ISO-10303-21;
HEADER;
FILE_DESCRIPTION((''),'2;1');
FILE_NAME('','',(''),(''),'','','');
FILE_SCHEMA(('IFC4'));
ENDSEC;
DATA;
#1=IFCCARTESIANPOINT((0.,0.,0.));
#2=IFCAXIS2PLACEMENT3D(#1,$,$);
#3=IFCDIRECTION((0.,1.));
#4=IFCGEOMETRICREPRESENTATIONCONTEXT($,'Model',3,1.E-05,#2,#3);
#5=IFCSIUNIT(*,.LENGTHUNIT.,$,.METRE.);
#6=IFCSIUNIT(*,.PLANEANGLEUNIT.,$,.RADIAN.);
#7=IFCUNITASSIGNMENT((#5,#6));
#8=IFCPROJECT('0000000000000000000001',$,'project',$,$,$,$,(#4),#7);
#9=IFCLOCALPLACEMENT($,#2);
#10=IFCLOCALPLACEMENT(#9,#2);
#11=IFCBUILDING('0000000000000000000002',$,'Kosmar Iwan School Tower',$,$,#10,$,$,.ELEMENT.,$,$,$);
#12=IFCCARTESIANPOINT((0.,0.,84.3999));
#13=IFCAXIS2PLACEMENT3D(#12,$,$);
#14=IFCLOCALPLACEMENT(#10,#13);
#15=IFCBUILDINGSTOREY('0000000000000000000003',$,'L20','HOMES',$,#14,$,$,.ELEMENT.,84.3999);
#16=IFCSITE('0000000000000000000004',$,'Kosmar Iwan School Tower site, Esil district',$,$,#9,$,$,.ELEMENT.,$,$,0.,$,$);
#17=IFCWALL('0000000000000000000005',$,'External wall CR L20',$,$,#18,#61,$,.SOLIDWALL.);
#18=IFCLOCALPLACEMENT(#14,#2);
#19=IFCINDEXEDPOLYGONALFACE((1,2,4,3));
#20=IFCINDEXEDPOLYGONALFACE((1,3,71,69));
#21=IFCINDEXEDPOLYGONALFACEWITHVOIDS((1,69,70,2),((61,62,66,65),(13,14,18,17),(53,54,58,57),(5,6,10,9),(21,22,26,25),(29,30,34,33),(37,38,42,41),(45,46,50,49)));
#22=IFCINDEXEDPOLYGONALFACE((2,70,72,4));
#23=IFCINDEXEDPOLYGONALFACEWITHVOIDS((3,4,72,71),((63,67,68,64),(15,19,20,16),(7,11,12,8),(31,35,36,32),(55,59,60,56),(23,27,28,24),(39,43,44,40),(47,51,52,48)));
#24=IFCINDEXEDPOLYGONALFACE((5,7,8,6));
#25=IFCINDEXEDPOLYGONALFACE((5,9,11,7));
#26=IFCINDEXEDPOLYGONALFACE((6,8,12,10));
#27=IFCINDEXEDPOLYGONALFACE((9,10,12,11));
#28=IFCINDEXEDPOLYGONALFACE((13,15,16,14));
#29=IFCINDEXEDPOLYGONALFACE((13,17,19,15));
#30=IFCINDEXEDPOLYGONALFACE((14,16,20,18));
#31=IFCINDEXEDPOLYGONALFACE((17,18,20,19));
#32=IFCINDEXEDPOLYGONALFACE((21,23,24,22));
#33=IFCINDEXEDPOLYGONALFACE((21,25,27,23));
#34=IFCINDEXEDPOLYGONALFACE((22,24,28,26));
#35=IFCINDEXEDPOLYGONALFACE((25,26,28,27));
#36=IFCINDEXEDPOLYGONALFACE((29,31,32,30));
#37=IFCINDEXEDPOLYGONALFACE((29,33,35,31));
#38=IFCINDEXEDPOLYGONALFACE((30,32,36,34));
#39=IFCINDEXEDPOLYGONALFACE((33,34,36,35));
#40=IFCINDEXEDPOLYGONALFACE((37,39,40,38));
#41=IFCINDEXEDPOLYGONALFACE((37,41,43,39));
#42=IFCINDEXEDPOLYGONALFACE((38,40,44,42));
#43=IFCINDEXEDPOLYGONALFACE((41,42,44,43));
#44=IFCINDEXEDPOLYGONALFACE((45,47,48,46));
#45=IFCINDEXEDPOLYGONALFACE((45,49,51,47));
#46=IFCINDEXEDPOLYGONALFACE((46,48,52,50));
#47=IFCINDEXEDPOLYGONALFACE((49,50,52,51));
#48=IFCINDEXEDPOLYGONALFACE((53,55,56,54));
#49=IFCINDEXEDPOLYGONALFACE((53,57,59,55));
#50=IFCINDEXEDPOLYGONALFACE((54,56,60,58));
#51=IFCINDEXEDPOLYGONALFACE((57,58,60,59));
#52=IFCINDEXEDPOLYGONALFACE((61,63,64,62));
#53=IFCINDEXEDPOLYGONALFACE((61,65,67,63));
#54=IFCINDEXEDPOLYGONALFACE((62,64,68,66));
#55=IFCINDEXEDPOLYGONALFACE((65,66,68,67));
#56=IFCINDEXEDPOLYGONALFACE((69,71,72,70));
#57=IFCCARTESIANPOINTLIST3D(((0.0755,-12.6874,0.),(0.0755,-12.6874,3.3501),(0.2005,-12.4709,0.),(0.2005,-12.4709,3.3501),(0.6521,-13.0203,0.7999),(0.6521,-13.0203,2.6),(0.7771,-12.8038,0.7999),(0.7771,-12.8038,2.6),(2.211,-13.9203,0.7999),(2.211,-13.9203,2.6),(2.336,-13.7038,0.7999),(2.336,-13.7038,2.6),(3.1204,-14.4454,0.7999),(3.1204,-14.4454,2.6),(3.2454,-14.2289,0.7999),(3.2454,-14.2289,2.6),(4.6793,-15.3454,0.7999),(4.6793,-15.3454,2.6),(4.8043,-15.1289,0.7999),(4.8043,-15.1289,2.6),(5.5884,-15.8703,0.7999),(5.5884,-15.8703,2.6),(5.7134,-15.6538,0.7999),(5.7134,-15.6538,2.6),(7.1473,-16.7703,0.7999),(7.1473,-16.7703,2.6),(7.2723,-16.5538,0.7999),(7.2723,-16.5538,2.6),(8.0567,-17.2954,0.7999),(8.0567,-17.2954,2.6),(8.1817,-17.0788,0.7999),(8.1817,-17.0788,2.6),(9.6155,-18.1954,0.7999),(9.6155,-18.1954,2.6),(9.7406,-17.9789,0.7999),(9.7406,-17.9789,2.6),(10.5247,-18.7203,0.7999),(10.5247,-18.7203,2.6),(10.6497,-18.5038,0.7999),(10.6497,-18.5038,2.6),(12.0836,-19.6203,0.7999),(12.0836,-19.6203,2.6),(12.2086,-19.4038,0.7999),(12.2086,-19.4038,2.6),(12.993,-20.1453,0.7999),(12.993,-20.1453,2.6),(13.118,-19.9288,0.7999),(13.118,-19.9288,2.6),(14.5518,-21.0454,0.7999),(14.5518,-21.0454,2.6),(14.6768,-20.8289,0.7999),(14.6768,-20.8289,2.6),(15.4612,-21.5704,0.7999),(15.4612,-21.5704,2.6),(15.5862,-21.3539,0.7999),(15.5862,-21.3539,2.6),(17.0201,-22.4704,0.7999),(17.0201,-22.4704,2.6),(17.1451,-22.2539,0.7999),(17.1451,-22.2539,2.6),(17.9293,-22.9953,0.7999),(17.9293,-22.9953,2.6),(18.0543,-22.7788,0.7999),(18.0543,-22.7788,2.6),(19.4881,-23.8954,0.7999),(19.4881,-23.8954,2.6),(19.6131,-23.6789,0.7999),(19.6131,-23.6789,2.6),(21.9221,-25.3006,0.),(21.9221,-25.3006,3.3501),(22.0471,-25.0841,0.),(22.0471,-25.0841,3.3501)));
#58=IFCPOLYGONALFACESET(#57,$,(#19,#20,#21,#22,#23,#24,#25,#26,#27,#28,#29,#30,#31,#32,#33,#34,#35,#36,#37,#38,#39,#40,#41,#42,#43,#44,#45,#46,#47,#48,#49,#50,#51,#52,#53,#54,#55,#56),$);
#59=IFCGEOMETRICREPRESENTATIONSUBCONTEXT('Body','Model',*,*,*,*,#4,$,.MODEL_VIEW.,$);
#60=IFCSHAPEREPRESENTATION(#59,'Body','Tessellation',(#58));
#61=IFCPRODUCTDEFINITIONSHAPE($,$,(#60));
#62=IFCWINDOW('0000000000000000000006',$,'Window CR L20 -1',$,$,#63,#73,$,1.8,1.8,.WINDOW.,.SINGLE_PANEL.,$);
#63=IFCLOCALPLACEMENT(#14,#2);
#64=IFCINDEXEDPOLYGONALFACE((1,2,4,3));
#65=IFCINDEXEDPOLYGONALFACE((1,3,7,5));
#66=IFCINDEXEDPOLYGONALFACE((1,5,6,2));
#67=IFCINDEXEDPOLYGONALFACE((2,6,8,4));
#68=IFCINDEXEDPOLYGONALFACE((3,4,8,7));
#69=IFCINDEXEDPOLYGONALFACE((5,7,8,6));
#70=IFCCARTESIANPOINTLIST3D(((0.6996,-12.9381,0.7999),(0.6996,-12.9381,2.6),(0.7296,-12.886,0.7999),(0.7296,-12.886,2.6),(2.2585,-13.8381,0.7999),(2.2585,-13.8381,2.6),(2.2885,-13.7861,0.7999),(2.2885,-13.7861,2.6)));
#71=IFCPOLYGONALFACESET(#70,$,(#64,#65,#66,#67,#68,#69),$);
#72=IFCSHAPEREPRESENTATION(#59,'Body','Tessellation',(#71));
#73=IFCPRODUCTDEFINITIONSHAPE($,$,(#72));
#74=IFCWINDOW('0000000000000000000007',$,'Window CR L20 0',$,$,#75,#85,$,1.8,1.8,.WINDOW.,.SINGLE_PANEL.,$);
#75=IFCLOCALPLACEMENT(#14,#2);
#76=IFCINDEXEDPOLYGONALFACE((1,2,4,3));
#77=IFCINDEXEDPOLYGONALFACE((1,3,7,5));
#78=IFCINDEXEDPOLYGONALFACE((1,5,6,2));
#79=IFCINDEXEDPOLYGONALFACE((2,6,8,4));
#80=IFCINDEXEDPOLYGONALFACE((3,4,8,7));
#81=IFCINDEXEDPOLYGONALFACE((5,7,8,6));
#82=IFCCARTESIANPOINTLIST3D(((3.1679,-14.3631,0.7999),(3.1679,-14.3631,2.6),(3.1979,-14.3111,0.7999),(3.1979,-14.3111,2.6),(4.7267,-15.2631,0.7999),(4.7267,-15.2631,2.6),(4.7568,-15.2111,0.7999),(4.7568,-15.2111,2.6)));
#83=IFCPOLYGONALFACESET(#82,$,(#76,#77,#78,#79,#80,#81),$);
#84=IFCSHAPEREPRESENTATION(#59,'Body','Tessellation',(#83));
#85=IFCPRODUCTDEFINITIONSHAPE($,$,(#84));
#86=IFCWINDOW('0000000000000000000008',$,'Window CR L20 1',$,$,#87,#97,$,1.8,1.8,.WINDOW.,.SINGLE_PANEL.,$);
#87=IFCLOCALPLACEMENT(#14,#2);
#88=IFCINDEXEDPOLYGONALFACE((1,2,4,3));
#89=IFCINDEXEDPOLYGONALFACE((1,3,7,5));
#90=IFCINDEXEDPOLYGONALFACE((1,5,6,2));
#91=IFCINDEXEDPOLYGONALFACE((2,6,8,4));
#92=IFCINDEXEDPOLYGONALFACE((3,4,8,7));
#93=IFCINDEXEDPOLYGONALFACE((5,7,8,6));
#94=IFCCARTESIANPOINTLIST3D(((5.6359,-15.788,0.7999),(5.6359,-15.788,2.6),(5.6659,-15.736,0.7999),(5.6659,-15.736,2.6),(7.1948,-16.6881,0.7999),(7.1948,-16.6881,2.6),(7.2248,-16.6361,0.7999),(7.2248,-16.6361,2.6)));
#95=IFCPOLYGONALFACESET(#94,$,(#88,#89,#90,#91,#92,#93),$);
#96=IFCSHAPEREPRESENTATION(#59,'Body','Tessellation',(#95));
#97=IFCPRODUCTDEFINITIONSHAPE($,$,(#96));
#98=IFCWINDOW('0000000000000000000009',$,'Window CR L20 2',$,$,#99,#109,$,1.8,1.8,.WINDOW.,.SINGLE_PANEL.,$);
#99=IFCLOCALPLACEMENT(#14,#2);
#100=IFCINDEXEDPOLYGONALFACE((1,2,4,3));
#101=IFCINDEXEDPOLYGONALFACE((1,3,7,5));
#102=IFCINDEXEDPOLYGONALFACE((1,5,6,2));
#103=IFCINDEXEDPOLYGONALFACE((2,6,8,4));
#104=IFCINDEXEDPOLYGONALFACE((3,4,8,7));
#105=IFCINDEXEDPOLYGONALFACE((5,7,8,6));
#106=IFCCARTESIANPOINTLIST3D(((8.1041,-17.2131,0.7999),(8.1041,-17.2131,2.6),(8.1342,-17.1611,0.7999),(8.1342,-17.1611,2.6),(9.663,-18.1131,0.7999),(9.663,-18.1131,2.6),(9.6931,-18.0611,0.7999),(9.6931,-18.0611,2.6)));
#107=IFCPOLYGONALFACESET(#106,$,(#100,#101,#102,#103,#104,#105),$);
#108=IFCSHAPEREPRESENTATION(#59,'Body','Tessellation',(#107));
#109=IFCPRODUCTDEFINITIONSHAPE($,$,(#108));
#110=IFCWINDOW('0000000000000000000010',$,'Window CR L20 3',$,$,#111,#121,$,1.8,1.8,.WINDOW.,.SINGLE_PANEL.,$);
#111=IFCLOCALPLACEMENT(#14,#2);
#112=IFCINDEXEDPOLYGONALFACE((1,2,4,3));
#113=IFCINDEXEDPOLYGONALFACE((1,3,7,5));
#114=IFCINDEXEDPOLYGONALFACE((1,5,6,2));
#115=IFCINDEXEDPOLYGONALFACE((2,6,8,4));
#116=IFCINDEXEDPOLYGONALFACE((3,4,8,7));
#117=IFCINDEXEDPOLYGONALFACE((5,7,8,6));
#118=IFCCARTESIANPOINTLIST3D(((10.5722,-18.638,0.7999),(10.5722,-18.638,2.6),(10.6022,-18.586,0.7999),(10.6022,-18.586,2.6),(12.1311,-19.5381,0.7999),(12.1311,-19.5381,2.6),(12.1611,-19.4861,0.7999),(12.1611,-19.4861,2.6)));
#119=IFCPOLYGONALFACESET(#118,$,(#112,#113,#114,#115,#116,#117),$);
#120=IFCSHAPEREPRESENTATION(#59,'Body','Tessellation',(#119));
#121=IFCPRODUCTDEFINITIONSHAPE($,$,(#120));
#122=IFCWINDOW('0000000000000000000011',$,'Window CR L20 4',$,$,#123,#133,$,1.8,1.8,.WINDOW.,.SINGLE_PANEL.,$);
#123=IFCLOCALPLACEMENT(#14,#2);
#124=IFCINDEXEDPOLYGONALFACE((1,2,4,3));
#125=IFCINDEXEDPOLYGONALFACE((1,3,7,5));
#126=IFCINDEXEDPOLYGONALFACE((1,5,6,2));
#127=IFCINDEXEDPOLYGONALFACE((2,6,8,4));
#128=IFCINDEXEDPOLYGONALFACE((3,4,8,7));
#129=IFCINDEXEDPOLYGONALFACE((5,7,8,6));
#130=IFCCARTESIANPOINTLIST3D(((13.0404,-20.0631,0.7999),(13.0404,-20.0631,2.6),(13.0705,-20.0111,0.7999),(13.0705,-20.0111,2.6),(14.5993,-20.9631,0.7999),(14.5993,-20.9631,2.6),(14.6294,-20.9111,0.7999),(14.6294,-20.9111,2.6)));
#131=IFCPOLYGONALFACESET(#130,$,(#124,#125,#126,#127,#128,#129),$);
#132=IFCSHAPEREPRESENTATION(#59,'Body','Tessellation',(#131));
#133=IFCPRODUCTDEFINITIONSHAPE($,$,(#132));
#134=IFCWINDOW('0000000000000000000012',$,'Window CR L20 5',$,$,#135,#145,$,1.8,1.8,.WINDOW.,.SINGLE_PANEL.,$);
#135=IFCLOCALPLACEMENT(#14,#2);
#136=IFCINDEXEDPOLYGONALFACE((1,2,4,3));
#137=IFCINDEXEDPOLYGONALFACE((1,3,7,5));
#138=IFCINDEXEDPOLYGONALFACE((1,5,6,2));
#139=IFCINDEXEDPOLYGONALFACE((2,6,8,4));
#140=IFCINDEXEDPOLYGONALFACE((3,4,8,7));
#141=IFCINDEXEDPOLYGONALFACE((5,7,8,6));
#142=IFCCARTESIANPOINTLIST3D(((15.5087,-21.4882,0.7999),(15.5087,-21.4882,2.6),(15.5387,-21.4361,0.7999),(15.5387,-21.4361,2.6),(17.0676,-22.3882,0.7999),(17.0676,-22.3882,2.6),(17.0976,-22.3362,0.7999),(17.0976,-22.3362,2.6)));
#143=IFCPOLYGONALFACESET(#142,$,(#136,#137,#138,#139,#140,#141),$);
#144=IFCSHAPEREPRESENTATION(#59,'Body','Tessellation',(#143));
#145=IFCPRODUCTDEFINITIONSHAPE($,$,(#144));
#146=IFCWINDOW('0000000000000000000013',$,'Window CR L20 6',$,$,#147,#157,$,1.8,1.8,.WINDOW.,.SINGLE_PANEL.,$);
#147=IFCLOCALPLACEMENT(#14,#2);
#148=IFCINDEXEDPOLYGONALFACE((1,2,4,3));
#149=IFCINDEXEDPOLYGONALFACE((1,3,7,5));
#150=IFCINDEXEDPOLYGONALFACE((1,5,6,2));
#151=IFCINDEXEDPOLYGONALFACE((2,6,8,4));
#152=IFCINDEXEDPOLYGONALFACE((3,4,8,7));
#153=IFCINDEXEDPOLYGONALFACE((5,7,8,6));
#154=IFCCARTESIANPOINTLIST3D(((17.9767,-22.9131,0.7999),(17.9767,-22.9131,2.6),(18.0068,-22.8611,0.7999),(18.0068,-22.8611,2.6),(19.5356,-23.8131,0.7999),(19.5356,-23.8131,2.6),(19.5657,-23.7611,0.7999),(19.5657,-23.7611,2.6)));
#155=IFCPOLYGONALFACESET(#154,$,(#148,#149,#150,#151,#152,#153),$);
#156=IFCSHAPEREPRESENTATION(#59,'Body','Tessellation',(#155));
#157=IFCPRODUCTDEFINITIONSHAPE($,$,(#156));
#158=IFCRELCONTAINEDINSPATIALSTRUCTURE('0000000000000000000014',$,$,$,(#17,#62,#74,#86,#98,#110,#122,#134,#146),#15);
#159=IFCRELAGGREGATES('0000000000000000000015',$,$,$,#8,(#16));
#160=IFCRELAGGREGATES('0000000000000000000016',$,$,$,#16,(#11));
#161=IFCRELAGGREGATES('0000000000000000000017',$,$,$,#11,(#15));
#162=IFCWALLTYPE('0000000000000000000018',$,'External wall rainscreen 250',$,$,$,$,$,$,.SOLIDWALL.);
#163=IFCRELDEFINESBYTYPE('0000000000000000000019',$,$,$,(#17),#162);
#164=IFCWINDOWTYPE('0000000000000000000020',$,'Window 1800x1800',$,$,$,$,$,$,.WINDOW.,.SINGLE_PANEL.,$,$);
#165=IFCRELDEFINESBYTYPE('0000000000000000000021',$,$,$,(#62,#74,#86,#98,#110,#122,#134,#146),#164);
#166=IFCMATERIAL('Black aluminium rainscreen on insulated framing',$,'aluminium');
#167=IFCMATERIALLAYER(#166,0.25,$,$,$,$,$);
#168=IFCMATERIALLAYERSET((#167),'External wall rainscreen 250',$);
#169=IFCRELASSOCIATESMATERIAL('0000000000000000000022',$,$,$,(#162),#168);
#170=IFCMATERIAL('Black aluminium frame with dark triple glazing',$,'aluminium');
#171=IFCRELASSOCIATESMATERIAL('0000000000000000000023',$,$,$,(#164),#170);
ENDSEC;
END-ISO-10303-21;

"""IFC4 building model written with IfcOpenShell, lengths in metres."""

from ifc_helpers import new_model, si_unit, direction, frame, frame_2d, origin, place, context, subcontext, project, spatial, rectangle, extrude, material, layer, layer_set, type_object, element, fill, save


model = new_model("IFC4")

# Units and contexts
model_context = context("Model", 3, precision=1e-05, world=origin(), true_north=direction((0.0, 1.0)))
body_context = subcontext(model_context, "Body", "Model", "MODEL_VIEW")
ifc_project = project(units=[si_unit("LENGTHUNIT", "METRE"), si_unit("PLANEANGLEUNIT", "RADIAN")], contexts=[model_context])

# Site, building, storey
site_placement = place(None, origin())
site = spatial("IfcSite", under=ifc_project, at=site_placement, Name="Kosmar Iwan School Tower site, Esil district", CompositionType="ELEMENT", RefElevation=0.0)
building_placement = place(site_placement, origin())
building = spatial("IfcBuilding", under=site, at=building_placement, Name="Kosmar Iwan School Tower", CompositionType="ELEMENT")
storey_placement = place(building_placement, frame((0.0, 0.0, 84.3999)))
storey = spatial("IfcBuildingStorey", under=building, at=storey_placement, Name="L20", Description="HOMES", CompositionType="ELEMENT", Elevation=84.3999)

# Wall, openings, windows
ifc_material_1 = material(Name="Black aluminium rainscreen on insulated framing", Category="aluminium")
ifc_layer_1 = layer(ifc_material_1, 0.25)
ifc_layer_set_1 = layer_set([ifc_layer_1], Name="External wall rainscreen 250")
wall_type_1 = type_object("IfcWallType", Name="External wall rainscreen 250", PredefinedType="SOLIDWALL", material=ifc_layer_set_1)
ifc_material_2 = material(Name="Black aluminium frame with dark triple glazing", Category="aluminium")
window_type = type_object("IfcWindowType", Name="Window 1800x1800", PartitioningType="SINGLE_PANEL", PredefinedType="WINDOW", material=ifc_material_2)
wall_1_placement = place(storey_placement, frame((0.1379, -12.5791, 0.0), z_axis=(0.0, 0.0, 1.0), x_axis=(0.866024, -0.500003, 0.0)))
wall_1 = element("IfcWall", 1, at=wall_1_placement, inside=storey, type_object=wall_type_1, Name="External wall CR L20", PredefinedType="SOLIDWALL", context=body_context, shape_type="SweptSolid", body=[
    extrude(rectangle(XDim=25.2263, YDim=0.25, at=frame_2d((12.6133, 0.0))), origin(), (0.0, 0.0, 1.0), 3.3501),
])
opening_1_placement = place(wall_1_placement, frame((0.666, 0.0, 0.8)))
opening_1 = element("IfcOpeningElement", 2, at=opening_1_placement, cuts=wall_1, PredefinedType="OPENING", context=body_context, shape_type="SweptSolid", body=[
    extrude(rectangle(XDim=1.8, YDim=1.8, at=frame_2d((0.8999, 0.8999))), frame((0.0, 0.137, 0.0), z_axis=(0.0, -1.0, 0.0), x_axis=(1.0, 0.0, 0.0)), (0.0, 0.0, 1.0), 0.2739),
])
opening_2_placement = place(wall_1_placement, frame((3.5161, 0.0, 0.8)))
opening_2 = element("IfcOpeningElement", 3, at=opening_2_placement, cuts=wall_1, PredefinedType="OPENING", context=body_context, shape_type="SweptSolid", body=[
    extrude(rectangle(XDim=1.8, YDim=1.8, at=frame_2d((0.8999, 0.8999))), frame((0.0, 0.137, 0.0), z_axis=(0.0, -1.0, 0.0), x_axis=(1.0, 0.0, 0.0)), (0.0, 0.0, 1.0), 0.2739),
])
opening_3_placement = place(wall_1_placement, frame((6.366, 0.0, 0.8)))
opening_3 = element("IfcOpeningElement", 4, at=opening_3_placement, cuts=wall_1, PredefinedType="OPENING", context=body_context, shape_type="SweptSolid", body=[
    extrude(rectangle(XDim=1.8, YDim=1.8, at=frame_2d((0.8999, 0.8999))), frame((0.0, 0.137, 0.0), z_axis=(0.0, -1.0, 0.0), x_axis=(1.0, 0.0, 0.0)), (0.0, 0.0, 1.0), 0.2739),
])
opening_4_placement = place(wall_1_placement, frame((9.2161, 0.0, 0.8)))
opening_4 = element("IfcOpeningElement", 5, at=opening_4_placement, cuts=wall_1, PredefinedType="OPENING", context=body_context, shape_type="SweptSolid", body=[
    extrude(rectangle(XDim=1.8, YDim=1.8, at=frame_2d((0.8999, 0.8999))), frame((0.0, 0.137, 0.0), z_axis=(0.0, -1.0, 0.0), x_axis=(1.0, 0.0, 0.0)), (0.0, 0.0, 1.0), 0.2739),
])
opening_5_placement = place(wall_1_placement, frame((12.0659, 0.0, 0.8)))
opening_5 = element("IfcOpeningElement", 6, at=opening_5_placement, cuts=wall_1, PredefinedType="OPENING", context=body_context, shape_type="SweptSolid", body=[
    extrude(rectangle(XDim=1.8, YDim=1.8, at=frame_2d((0.8999, 0.8999))), frame((0.0, 0.137, 0.0), z_axis=(0.0, -1.0, 0.0), x_axis=(1.0, 0.0, 0.0)), (0.0, 0.0, 1.0), 0.2739),
])
opening_6_placement = place(wall_1_placement, frame((14.916, 0.0, 0.8)))
opening_6 = element("IfcOpeningElement", 7, at=opening_6_placement, cuts=wall_1, PredefinedType="OPENING", context=body_context, shape_type="SweptSolid", body=[
    extrude(rectangle(XDim=1.8, YDim=1.8, at=frame_2d((0.8999, 0.8999))), frame((0.0, 0.137, 0.0), z_axis=(0.0, -1.0, 0.0), x_axis=(1.0, 0.0, 0.0)), (0.0, 0.0, 1.0), 0.2739),
])
opening_7_placement = place(wall_1_placement, frame((17.7661, 0.0, 0.8)))
opening_7 = element("IfcOpeningElement", 8, at=opening_7_placement, cuts=wall_1, PredefinedType="OPENING", context=body_context, shape_type="SweptSolid", body=[
    extrude(rectangle(XDim=1.8, YDim=1.8, at=frame_2d((0.8999, 0.8999))), frame((0.0, 0.137, 0.0), z_axis=(0.0, -1.0, 0.0), x_axis=(1.0, 0.0, 0.0)), (0.0, 0.0, 1.0), 0.2739),
])
opening_8_placement = place(wall_1_placement, frame((20.616, 0.0, 0.8)))
opening_8 = element("IfcOpeningElement", 9, at=opening_8_placement, cuts=wall_1, PredefinedType="OPENING", context=body_context, shape_type="SweptSolid", body=[
    extrude(rectangle(XDim=1.8, YDim=1.8, at=frame_2d((0.8999, 0.8999))), frame((0.0, 0.137, 0.0), z_axis=(0.0, -1.0, 0.0), x_axis=(1.0, 0.0, 0.0)), (0.0, 0.0, 1.0), 0.2739),
])
window_1_placement = place(opening_1_placement, origin())
window_1 = element("IfcWindow", 10, at=window_1_placement, inside=storey, type_object=window_type, Name="Window CR L20 -1", OverallHeight=1.8, OverallWidth=1.8, PartitioningType="SINGLE_PANEL", PredefinedType="WINDOW", context=body_context, shape_type="SweptSolid", body=[
    extrude(rectangle(XDim=1.8, YDim=1.8, at=frame_2d((0.8999, 0.8999))), frame((0.0, 0.03, 0.0), z_axis=(0.0, -1.0, 0.0), x_axis=(1.0, 0.0, 0.0)), (0.0, 0.0, 1.0), 0.0601),
])
fill(opening_1, window_1)
window_2_placement = place(opening_2_placement, origin())
window_2 = element("IfcWindow", 11, at=window_2_placement, inside=storey, type_object=window_type, Name="Window CR L20 0", OverallHeight=1.8, OverallWidth=1.8, PartitioningType="SINGLE_PANEL", PredefinedType="WINDOW", context=body_context, shape_type="SweptSolid", body=[
    extrude(rectangle(XDim=1.8, YDim=1.8, at=frame_2d((0.8999, 0.8999))), frame((0.0, 0.03, 0.0), z_axis=(0.0, -1.0, 0.0), x_axis=(1.0, 0.0, 0.0)), (0.0, 0.0, 1.0), 0.0601),
])
fill(opening_2, window_2)
window_3_placement = place(opening_3_placement, origin())
window_3 = element("IfcWindow", 12, at=window_3_placement, inside=storey, type_object=window_type, Name="Window CR L20 1", OverallHeight=1.8, OverallWidth=1.8, PartitioningType="SINGLE_PANEL", PredefinedType="WINDOW", context=body_context, shape_type="SweptSolid", body=[
    extrude(rectangle(XDim=1.8, YDim=1.8, at=frame_2d((0.8999, 0.8999))), frame((0.0, 0.03, 0.0), z_axis=(0.0, -1.0, 0.0), x_axis=(1.0, 0.0, 0.0)), (0.0, 0.0, 1.0), 0.0601),
])
fill(opening_3, window_3)
window_4_placement = place(opening_4_placement, origin())
window_4 = element("IfcWindow", 13, at=window_4_placement, inside=storey, type_object=window_type, Name="Window CR L20 2", OverallHeight=1.8, OverallWidth=1.8, PartitioningType="SINGLE_PANEL", PredefinedType="WINDOW", context=body_context, shape_type="SweptSolid", body=[
    extrude(rectangle(XDim=1.8, YDim=1.8, at=frame_2d((0.8999, 0.8999))), frame((0.0, 0.03, 0.0), z_axis=(0.0, -1.0, 0.0), x_axis=(1.0, 0.0, 0.0)), (0.0, 0.0, 1.0), 0.0601),
])
fill(opening_4, window_4)
window_5_placement = place(opening_5_placement, origin())
window_5 = element("IfcWindow", 14, at=window_5_placement, inside=storey, type_object=window_type, Name="Window CR L20 3", OverallHeight=1.8, OverallWidth=1.8, PartitioningType="SINGLE_PANEL", PredefinedType="WINDOW", context=body_context, shape_type="SweptSolid", body=[
    extrude(rectangle(XDim=1.8, YDim=1.8, at=frame_2d((0.8999, 0.8999))), frame((0.0, 0.03, 0.0), z_axis=(0.0, -1.0, 0.0), x_axis=(1.0, 0.0, 0.0)), (0.0, 0.0, 1.0), 0.0601),
])
fill(opening_5, window_5)
window_6_placement = place(opening_6_placement, origin())
window_6 = element("IfcWindow", 15, at=window_6_placement, inside=storey, type_object=window_type, Name="Window CR L20 4", OverallHeight=1.8, OverallWidth=1.8, PartitioningType="SINGLE_PANEL", PredefinedType="WINDOW", context=body_context, shape_type="SweptSolid", body=[
    extrude(rectangle(XDim=1.8, YDim=1.8, at=frame_2d((0.8999, 0.8999))), frame((0.0, 0.03, 0.0), z_axis=(0.0, -1.0, 0.0), x_axis=(1.0, 0.0, 0.0)), (0.0, 0.0, 1.0), 0.0601),
])
fill(opening_6, window_6)
window_7_placement = place(opening_7_placement, origin())
window_7 = element("IfcWindow", 16, at=window_7_placement, inside=storey, type_object=window_type, Name="Window CR L20 5", OverallHeight=1.8, OverallWidth=1.8, PartitioningType="SINGLE_PANEL", PredefinedType="WINDOW", context=body_context, shape_type="SweptSolid", body=[
    extrude(rectangle(XDim=1.8, YDim=1.8, at=frame_2d((0.8999, 0.8999))), frame((0.0, 0.03, 0.0), z_axis=(0.0, -1.0, 0.0), x_axis=(1.0, 0.0, 0.0)), (0.0, 0.0, 1.0), 0.0601),
])
fill(opening_7, window_7)
window_8_placement = place(opening_8_placement, origin())
window_8 = element("IfcWindow", 17, at=window_8_placement, inside=storey, type_object=window_type, Name="Window CR L20 6", OverallHeight=1.8, OverallWidth=1.8, PartitioningType="SINGLE_PANEL", PredefinedType="WINDOW", context=body_context, shape_type="SweptSolid", body=[
    extrude(rectangle(XDim=1.8, YDim=1.8, at=frame_2d((0.8999, 0.8999))), frame((0.0, 0.03, 0.0), z_axis=(0.0, -1.0, 0.0), x_axis=(1.0, 0.0, 0.0)), (0.0, 0.0, 1.0), 0.0601),
])
fill(opening_8, window_8)

save(model, "model.ifc")
